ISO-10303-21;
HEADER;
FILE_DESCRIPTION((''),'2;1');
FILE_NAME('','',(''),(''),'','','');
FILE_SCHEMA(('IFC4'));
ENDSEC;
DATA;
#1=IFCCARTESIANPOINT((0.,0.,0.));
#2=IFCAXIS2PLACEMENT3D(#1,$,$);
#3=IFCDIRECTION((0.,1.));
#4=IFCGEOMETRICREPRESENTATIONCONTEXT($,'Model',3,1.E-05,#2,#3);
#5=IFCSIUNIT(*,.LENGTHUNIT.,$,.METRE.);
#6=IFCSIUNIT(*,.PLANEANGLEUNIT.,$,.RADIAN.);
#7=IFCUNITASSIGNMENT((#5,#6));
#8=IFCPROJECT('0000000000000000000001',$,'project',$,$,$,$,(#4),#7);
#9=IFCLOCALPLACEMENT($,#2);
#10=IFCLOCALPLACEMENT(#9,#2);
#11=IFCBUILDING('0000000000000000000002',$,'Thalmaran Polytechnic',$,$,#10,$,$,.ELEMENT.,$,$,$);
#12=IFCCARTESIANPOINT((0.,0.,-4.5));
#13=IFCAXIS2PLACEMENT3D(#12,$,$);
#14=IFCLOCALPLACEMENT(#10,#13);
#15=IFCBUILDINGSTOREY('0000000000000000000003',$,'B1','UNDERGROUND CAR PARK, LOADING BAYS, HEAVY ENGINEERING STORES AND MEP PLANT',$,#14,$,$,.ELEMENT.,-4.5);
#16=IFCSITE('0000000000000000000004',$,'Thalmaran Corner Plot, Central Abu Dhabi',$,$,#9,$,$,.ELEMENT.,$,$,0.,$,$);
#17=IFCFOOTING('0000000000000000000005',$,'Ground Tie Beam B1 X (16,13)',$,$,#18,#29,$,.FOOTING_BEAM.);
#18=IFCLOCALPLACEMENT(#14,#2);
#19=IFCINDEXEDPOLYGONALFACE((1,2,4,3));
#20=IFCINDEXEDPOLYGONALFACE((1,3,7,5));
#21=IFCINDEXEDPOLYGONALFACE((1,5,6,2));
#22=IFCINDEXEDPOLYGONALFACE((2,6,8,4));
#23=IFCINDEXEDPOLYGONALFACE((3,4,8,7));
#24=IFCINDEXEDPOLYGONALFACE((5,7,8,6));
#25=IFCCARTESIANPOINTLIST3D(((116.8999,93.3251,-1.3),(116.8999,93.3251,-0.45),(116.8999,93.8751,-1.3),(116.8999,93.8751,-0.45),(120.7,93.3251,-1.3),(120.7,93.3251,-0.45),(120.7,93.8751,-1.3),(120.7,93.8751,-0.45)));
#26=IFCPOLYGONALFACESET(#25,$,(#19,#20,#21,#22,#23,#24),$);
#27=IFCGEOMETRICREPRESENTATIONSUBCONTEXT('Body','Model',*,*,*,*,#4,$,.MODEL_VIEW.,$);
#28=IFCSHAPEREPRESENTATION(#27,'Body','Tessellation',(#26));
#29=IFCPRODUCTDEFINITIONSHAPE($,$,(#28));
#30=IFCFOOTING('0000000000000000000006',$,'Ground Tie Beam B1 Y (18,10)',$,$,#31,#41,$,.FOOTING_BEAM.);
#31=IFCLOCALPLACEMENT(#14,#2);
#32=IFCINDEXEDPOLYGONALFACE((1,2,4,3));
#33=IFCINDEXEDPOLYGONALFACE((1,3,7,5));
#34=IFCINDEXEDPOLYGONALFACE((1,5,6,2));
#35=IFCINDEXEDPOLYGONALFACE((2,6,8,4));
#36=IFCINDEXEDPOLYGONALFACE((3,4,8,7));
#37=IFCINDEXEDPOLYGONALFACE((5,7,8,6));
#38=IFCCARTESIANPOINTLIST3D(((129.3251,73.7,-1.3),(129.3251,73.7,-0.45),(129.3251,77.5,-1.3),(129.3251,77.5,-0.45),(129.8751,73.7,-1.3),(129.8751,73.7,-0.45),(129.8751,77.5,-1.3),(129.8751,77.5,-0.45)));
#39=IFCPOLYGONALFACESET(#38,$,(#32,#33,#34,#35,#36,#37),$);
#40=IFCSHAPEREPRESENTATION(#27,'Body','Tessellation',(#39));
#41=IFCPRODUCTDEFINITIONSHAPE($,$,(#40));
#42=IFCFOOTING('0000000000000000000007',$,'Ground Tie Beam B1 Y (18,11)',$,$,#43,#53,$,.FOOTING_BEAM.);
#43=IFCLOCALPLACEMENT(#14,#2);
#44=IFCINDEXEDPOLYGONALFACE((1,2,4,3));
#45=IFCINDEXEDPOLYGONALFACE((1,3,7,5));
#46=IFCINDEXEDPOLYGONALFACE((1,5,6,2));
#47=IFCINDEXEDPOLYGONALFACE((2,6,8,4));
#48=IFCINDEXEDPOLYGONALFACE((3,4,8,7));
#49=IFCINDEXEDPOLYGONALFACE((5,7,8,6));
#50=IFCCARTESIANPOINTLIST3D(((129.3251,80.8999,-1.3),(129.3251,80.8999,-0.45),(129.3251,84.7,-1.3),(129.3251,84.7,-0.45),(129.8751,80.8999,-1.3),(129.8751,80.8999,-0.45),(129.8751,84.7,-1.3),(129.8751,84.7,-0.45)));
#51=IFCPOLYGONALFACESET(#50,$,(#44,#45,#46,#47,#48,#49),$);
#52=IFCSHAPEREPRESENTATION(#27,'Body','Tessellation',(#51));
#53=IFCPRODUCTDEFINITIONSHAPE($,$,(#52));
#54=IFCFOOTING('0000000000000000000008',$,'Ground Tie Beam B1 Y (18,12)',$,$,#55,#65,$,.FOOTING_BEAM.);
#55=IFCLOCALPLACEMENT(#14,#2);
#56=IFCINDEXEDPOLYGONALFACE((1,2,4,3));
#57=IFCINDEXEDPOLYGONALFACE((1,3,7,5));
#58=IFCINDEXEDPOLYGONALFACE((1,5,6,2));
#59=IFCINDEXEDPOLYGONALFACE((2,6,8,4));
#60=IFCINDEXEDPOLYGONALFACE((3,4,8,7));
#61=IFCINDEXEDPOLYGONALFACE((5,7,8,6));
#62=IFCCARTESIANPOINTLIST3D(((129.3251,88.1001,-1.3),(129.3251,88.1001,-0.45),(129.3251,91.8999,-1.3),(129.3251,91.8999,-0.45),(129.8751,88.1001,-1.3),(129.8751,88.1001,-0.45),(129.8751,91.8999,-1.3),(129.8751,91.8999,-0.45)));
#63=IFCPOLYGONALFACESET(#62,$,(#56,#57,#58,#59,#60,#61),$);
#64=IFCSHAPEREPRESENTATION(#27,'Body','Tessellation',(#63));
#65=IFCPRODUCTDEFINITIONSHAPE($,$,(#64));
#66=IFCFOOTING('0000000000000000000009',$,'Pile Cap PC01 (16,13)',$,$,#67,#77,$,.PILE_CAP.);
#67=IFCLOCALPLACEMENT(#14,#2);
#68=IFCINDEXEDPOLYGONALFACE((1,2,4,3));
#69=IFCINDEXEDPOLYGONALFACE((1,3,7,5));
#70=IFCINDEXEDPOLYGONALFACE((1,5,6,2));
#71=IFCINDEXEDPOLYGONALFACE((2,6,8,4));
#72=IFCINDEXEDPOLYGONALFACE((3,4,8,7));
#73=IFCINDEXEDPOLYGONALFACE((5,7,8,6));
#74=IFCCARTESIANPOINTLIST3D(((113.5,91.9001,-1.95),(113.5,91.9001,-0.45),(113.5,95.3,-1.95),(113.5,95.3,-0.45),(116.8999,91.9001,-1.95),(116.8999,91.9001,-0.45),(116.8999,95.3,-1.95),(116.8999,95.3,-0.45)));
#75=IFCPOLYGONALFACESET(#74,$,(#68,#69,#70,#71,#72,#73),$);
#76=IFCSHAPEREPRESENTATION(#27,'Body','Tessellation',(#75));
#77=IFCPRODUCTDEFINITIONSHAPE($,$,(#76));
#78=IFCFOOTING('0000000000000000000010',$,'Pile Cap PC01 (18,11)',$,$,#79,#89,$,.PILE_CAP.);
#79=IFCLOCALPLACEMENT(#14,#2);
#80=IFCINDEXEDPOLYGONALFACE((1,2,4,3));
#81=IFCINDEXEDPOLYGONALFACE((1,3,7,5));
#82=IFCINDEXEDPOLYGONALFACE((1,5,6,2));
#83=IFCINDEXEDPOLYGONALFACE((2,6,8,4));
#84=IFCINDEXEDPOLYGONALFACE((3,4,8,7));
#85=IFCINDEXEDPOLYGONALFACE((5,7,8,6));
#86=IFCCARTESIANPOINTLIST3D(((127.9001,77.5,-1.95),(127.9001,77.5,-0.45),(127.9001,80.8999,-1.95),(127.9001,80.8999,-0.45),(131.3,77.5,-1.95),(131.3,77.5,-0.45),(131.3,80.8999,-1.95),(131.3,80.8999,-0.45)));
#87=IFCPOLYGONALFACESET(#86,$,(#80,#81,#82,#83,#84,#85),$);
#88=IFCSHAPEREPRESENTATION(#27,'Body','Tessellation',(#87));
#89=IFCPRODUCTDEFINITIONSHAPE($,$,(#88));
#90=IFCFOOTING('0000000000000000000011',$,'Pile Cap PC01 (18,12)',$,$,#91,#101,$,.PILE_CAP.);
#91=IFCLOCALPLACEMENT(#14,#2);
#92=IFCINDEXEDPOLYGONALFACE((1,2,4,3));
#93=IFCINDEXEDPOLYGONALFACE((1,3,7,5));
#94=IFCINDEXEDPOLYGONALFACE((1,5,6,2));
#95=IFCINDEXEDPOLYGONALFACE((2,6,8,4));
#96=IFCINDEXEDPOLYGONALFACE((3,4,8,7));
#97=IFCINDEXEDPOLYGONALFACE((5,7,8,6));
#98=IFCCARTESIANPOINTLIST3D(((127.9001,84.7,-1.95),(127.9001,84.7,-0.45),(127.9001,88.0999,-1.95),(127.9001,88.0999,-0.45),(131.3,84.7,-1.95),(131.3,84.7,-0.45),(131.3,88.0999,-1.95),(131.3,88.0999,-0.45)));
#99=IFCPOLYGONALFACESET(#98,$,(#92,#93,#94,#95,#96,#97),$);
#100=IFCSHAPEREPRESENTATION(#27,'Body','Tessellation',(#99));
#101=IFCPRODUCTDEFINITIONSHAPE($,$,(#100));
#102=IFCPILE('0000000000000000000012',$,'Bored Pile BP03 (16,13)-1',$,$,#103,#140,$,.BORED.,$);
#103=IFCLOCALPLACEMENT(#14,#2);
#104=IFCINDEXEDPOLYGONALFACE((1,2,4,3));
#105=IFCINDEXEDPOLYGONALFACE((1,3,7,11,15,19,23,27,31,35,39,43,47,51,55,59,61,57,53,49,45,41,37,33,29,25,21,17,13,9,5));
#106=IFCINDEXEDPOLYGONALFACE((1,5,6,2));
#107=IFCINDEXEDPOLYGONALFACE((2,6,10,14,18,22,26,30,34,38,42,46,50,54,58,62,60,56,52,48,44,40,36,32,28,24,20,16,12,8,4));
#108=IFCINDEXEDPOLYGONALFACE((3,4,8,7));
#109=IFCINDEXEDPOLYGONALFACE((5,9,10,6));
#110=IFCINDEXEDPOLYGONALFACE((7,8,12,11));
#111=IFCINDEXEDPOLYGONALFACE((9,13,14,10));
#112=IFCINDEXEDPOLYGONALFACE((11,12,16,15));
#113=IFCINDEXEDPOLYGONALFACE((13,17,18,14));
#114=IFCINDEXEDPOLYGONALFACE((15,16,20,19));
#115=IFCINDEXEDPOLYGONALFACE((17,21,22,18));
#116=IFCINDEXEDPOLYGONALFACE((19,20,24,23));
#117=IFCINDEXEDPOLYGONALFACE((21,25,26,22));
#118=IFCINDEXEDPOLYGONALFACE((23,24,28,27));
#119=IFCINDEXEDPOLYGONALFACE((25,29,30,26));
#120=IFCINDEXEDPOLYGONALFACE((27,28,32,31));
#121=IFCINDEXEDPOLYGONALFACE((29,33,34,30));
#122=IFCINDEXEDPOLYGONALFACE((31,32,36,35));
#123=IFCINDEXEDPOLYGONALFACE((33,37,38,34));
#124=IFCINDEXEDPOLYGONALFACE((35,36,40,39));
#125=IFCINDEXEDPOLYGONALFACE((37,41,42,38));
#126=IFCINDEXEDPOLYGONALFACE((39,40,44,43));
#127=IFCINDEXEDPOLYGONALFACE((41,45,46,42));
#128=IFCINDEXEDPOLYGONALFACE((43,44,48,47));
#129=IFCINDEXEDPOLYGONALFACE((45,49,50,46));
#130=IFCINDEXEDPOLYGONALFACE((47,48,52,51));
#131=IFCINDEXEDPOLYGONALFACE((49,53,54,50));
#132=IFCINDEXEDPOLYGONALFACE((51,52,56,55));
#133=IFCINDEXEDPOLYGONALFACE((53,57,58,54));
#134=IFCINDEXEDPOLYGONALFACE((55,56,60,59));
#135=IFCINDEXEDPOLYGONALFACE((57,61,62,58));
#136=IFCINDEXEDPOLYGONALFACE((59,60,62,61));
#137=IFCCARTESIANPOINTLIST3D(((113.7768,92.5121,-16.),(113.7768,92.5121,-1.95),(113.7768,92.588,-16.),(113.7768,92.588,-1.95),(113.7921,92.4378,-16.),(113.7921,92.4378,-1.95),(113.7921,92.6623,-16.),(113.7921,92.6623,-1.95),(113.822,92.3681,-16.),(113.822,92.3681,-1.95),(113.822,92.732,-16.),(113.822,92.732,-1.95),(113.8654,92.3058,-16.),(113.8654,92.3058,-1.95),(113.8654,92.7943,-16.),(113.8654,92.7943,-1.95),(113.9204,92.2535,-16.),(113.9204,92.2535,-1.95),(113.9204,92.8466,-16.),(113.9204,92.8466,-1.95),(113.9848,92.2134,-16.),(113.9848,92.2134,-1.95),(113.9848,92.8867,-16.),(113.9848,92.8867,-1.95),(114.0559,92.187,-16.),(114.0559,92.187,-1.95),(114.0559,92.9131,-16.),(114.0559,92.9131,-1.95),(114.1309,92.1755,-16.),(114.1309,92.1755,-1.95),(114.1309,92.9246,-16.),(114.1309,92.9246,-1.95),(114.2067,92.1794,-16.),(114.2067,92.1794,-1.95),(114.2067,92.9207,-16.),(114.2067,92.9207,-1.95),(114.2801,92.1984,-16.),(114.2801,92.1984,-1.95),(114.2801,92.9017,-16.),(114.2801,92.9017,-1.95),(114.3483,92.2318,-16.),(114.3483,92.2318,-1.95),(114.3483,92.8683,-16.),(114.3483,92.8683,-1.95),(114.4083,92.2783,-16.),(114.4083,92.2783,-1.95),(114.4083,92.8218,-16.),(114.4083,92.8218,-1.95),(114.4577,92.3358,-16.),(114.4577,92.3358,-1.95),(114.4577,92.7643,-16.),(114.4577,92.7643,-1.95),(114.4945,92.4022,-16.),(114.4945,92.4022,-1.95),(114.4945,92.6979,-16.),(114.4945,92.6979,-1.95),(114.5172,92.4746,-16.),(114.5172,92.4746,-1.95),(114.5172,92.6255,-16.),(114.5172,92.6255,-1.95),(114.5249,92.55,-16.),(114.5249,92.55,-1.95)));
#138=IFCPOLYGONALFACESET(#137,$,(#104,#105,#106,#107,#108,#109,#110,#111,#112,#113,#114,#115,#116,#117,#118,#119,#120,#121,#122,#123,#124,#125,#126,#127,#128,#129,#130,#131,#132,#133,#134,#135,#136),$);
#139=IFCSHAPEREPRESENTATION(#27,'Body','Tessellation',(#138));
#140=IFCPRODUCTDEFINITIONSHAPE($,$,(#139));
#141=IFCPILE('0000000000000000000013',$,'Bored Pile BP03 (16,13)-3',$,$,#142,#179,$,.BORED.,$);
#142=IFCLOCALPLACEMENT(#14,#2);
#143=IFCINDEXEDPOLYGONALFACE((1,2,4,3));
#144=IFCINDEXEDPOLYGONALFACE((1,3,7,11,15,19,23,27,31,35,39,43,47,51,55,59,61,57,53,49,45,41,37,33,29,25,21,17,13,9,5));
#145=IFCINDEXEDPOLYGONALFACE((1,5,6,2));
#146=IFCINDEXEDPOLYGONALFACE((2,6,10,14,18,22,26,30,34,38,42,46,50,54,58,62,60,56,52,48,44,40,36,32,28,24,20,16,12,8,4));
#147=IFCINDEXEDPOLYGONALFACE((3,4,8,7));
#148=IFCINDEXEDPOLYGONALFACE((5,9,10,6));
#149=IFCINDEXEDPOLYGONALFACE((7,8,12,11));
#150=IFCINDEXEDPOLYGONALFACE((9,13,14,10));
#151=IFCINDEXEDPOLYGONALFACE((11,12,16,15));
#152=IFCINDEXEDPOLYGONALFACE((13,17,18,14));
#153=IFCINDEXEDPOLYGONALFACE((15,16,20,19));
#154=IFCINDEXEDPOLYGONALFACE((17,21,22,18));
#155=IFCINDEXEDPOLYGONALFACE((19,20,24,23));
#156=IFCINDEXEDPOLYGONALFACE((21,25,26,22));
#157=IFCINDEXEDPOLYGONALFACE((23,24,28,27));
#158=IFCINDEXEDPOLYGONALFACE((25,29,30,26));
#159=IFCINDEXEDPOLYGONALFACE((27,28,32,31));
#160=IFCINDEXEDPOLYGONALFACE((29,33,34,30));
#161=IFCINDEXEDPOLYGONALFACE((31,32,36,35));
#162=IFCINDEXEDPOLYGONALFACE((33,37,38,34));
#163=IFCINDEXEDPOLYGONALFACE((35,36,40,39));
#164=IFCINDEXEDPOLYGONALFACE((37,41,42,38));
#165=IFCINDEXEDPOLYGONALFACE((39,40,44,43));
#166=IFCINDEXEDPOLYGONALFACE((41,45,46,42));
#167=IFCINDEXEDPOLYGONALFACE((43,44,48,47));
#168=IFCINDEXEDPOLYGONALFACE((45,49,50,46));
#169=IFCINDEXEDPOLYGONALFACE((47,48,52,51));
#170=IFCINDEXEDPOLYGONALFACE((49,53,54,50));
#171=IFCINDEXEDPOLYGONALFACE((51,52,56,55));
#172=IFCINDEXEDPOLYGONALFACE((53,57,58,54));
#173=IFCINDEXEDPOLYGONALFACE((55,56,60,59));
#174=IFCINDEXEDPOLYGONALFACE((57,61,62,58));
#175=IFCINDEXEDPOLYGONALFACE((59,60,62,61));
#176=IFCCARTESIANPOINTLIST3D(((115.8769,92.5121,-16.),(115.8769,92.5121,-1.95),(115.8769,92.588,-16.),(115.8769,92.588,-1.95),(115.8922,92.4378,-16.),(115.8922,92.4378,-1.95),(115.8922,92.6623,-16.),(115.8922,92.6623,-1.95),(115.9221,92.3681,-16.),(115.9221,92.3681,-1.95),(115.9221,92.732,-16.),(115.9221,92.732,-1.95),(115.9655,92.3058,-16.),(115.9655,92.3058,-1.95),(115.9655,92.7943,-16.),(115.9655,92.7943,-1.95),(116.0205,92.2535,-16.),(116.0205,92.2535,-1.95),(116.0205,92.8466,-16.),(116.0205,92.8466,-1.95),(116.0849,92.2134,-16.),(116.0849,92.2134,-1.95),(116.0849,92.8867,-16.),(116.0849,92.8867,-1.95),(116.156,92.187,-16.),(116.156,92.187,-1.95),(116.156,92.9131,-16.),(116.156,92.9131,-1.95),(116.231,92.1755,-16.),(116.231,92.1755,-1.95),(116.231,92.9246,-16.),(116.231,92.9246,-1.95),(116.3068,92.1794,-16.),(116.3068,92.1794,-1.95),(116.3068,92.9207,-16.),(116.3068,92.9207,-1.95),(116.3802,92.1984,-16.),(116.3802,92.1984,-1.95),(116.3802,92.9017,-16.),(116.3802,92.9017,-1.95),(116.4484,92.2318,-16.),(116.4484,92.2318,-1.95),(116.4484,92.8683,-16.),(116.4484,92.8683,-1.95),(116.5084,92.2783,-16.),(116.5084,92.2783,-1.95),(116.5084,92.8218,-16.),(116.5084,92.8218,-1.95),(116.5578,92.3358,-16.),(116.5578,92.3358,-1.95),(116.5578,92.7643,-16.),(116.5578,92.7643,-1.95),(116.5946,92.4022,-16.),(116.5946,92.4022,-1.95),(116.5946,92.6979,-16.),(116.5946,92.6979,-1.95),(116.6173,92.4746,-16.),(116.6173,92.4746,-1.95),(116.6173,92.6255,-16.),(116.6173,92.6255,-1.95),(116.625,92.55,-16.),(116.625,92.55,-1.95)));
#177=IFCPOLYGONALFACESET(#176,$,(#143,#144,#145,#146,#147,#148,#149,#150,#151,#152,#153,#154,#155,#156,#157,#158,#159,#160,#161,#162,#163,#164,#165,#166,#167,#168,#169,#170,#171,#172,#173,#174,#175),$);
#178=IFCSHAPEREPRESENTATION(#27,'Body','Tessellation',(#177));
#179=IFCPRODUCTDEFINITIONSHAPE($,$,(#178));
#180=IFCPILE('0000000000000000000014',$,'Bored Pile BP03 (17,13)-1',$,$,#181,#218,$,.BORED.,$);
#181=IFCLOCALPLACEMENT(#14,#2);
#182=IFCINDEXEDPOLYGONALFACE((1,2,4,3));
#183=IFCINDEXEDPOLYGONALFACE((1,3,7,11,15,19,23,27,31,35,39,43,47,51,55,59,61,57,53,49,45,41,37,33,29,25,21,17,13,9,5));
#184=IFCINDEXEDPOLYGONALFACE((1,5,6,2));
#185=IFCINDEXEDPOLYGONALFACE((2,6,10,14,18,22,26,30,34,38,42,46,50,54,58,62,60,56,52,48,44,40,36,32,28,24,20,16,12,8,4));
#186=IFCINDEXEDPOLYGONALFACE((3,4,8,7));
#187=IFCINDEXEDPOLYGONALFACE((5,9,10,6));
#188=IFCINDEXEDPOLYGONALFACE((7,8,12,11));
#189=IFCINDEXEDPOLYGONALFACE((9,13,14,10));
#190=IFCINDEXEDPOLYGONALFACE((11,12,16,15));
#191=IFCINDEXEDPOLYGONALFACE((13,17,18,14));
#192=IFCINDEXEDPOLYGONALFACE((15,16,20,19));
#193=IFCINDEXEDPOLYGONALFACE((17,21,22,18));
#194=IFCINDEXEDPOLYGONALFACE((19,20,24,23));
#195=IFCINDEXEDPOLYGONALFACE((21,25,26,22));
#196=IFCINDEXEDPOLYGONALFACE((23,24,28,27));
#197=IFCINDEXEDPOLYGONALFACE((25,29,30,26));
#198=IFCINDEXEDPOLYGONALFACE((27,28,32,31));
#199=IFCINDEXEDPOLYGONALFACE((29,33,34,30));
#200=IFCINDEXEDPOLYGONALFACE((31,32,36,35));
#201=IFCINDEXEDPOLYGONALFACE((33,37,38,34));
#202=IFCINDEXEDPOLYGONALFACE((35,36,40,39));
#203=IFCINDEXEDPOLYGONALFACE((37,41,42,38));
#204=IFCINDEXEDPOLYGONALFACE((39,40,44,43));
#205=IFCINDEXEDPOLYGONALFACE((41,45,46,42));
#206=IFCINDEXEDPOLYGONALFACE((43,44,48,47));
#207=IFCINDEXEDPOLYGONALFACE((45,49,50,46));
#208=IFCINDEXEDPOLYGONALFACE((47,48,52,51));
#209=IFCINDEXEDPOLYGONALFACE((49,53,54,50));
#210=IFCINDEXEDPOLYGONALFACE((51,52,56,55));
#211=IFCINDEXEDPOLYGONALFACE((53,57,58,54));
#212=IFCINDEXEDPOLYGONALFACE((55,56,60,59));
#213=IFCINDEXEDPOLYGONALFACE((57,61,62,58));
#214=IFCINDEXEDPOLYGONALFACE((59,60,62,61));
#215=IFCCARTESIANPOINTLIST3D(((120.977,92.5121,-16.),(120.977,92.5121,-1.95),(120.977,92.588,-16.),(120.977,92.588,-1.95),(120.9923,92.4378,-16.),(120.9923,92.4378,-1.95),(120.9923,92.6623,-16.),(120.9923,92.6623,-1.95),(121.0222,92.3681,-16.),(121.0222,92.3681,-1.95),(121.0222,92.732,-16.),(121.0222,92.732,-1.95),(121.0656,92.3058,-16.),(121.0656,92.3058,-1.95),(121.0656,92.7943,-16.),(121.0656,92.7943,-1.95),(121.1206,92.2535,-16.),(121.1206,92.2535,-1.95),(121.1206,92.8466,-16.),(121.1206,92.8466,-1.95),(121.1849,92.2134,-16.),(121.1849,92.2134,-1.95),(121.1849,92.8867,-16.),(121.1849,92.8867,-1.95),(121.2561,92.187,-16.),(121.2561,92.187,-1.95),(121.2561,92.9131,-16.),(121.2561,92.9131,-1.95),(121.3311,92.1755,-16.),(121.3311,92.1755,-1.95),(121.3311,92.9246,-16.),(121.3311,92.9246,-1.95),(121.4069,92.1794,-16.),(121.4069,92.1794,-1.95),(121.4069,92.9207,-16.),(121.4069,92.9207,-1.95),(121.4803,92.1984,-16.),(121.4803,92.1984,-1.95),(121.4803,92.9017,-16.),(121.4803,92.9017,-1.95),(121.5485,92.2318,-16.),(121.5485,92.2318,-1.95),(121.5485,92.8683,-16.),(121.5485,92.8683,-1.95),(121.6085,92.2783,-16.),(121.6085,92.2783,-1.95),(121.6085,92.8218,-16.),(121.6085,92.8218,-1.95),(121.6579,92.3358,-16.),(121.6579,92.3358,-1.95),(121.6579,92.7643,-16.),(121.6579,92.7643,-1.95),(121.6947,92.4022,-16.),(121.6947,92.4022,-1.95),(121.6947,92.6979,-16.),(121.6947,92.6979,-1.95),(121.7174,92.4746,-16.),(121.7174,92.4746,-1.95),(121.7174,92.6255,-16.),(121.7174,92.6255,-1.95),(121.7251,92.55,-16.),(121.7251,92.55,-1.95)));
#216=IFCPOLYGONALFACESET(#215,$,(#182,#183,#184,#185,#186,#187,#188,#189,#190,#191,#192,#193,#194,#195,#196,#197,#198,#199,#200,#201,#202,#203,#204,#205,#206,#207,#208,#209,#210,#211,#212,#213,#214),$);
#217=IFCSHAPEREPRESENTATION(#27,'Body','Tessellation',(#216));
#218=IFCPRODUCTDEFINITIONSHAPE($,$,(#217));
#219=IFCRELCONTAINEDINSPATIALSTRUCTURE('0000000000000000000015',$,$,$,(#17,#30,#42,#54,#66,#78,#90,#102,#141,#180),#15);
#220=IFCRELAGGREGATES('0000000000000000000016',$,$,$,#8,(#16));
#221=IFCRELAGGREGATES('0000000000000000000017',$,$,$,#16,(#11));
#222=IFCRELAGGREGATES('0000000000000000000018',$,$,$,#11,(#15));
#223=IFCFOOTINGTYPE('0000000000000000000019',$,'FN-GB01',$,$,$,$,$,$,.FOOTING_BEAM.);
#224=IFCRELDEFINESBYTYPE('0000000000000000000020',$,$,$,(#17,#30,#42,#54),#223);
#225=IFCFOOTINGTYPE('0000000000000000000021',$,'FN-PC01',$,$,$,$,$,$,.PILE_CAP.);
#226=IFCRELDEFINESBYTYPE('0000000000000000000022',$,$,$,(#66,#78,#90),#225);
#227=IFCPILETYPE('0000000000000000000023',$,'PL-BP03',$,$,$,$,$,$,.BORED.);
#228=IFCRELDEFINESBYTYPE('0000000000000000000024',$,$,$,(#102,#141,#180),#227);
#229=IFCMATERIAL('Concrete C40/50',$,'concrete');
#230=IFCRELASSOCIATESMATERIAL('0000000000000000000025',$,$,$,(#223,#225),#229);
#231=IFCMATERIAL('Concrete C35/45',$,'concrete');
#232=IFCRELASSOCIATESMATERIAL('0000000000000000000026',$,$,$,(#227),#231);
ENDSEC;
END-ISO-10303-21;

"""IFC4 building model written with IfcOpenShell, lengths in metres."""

from ifc_helpers import new_model, si_unit, direction, frame, origin, origin_2d, place, context, subcontext, project, spatial, rectangle, circle, extrude, material, material_profile, profile_set, type_object, element, save


model = new_model("IFC4")

# Units and contexts
model_context = context("Model", 3, precision=1e-05, world=origin(), true_north=direction((0.0, 1.0)))
body_context = subcontext(model_context, "Body", "Model", "MODEL_VIEW")
ifc_project = project(units=[si_unit("LENGTHUNIT", "METRE"), si_unit("PLANEANGLEUNIT", "RADIAN")], contexts=[model_context])

# Site, building, storey
site_placement = place(None, origin())
site = spatial("IfcSite", under=ifc_project, at=site_placement, Name="Thalmaran Corner Plot, Central Abu Dhabi", CompositionType="ELEMENT", RefElevation=0.0)
building_placement = place(site_placement, origin())
building = spatial("IfcBuilding", under=site, at=building_placement, Name="Thalmaran Polytechnic", CompositionType="ELEMENT")
storey_placement = place(building_placement, frame((0.0, 0.0, -4.5)))
storey = spatial("IfcBuildingStorey", under=building, at=storey_placement, Name="B1", Description="UNDERGROUND CAR PARK, LOADING BAYS, HEAVY ENGINEERING STORES AND MEP PLANT", CompositionType="ELEMENT", Elevation=-4.5)

# Footings
ifc_material_1 = material(Name="Concrete C40/50", Category="concrete")
ifc_material_profile_1 = material_profile(ifc_material_1, rectangle(XDim=0.55, YDim=0.8501, at=origin_2d()), Name="RC 550x850")
ifc_profile_set_1 = profile_set([ifc_material_profile_1], Name="Concrete C40/50")
footing_type_1 = type_object("IfcFootingType", Name="FN-GB01", PredefinedType="FOOTING_BEAM", material=ifc_profile_set_1)
for number, where, z_axis, x_axis, name in (
    (1, (116.8999, 93.6001, -0.875), (1.0, 0.0, 0.0), (0.0, 1.0, 0.0), "Ground Tie Beam B1 X (16,13)"),
    (2, (129.6001, 73.7, -0.875), (0.0, 1.0, 0.0), (-1.0, 0.0, 0.0), "Ground Tie Beam B1 Y (18,10)"),
    (3, (129.6001, 80.8999, -0.875), (0.0, 1.0, 0.0), (-1.0, 0.0, 0.0), "Ground Tie Beam B1 Y (18,11)"),
):
    element("IfcFooting", number, at=place(storey_placement, frame(where, z_axis=z_axis, x_axis=x_axis)), inside=storey, type_object=footing_type_1, Name=name, PredefinedType="FOOTING_BEAM", context=body_context, shape_type="SweptSolid", body=[
        extrude(rectangle(XDim=0.55, YDim=0.8501, at=origin_2d()), origin(), (0.0, 0.0, 1.0), 3.8),
    ])
footing_placement = place(storey_placement, frame((129.6001, 88.1001, -0.875), z_axis=(0.0, 1.0, 0.0), x_axis=(-1.0, 0.0, 0.0)))
element("IfcFooting", 4, at=footing_placement, inside=storey, type_object=footing_type_1, Name="Ground Tie Beam B1 Y (18,12)", PredefinedType="FOOTING_BEAM", context=body_context, shape_type="SweptSolid", body=[
    extrude(rectangle(XDim=0.55, YDim=0.8501, at=origin_2d()), origin(), (0.0, 0.0, 1.0), 3.7998),
])
footing_type_2 = type_object("IfcFootingType", Name="FN-PC01", PredefinedType="PILE_CAP", material=ifc_material_1)
for number, where, z_axis, x_axis, name in (
    (5, (115.2, 93.6001, -1.95), (0.0, 0.0, 1.0), (1.0, 0.0, 0.0), "Pile Cap PC01 (16,13)"),
    (6, (129.6001, 79.2, -1.95), (0.0, 0.0, 1.0), (1.0, 0.0, 0.0), "Pile Cap PC01 (18,11)"),
    (7, (129.6001, 86.3999, -1.95), (0.0, 0.0, 1.0), (1.0, 0.0, 0.0), "Pile Cap PC01 (18,12)"),
):
    element("IfcFooting", number, at=place(storey_placement, frame(where, z_axis=z_axis, x_axis=x_axis)), inside=storey, type_object=footing_type_2, Name=name, PredefinedType="PILE_CAP", context=body_context, shape_type="SweptSolid", body=[
        extrude(rectangle(XDim=3.3999, YDim=3.3999, at=origin_2d()), origin(), (0.0, 0.0, 1.0), 1.5),
    ])

# Piles
ifc_material_2 = material(Name="Concrete C35/45", Category="concrete")
ifc_material_profile_2 = material_profile(ifc_material_2, circle(Radius=0.375, at=origin_2d()), Name="RC 750 DIA")
ifc_profile_set_2 = profile_set([ifc_material_profile_2], Name="Concrete C35/45")
pile_type = type_object("IfcPileType", Name="PL-BP03", PredefinedType="BORED", material=ifc_profile_set_2)
for number, where, z_axis, x_axis, name in (
    (8, (114.1499, 92.55, -1.95), (0.0, 0.0, -1.0), (1.0, 0.0, 0.0), "Bored Pile BP03 (16,13)-1"),
    (9, (116.25, 92.55, -1.95), (0.0, 0.0, -1.0), (1.0, 0.0, 0.0), "Bored Pile BP03 (16,13)-3"),
    (10, (121.3501, 92.55, -1.95), (0.0, 0.0, -1.0), (1.0, 0.0, 0.0), "Bored Pile BP03 (17,13)-1"),
):
    element("IfcPile", number, at=place(storey_placement, frame(where, z_axis=z_axis, x_axis=x_axis)), inside=storey, type_object=pile_type, Name=name, PredefinedType="BORED", context=body_context, shape_type="SweptSolid", body=[
        extrude(circle(Radius=0.375, at=origin_2d()), origin(), (0.0, 0.0, 1.0), 14.05),
    ])

save(model, "model.ifc")
